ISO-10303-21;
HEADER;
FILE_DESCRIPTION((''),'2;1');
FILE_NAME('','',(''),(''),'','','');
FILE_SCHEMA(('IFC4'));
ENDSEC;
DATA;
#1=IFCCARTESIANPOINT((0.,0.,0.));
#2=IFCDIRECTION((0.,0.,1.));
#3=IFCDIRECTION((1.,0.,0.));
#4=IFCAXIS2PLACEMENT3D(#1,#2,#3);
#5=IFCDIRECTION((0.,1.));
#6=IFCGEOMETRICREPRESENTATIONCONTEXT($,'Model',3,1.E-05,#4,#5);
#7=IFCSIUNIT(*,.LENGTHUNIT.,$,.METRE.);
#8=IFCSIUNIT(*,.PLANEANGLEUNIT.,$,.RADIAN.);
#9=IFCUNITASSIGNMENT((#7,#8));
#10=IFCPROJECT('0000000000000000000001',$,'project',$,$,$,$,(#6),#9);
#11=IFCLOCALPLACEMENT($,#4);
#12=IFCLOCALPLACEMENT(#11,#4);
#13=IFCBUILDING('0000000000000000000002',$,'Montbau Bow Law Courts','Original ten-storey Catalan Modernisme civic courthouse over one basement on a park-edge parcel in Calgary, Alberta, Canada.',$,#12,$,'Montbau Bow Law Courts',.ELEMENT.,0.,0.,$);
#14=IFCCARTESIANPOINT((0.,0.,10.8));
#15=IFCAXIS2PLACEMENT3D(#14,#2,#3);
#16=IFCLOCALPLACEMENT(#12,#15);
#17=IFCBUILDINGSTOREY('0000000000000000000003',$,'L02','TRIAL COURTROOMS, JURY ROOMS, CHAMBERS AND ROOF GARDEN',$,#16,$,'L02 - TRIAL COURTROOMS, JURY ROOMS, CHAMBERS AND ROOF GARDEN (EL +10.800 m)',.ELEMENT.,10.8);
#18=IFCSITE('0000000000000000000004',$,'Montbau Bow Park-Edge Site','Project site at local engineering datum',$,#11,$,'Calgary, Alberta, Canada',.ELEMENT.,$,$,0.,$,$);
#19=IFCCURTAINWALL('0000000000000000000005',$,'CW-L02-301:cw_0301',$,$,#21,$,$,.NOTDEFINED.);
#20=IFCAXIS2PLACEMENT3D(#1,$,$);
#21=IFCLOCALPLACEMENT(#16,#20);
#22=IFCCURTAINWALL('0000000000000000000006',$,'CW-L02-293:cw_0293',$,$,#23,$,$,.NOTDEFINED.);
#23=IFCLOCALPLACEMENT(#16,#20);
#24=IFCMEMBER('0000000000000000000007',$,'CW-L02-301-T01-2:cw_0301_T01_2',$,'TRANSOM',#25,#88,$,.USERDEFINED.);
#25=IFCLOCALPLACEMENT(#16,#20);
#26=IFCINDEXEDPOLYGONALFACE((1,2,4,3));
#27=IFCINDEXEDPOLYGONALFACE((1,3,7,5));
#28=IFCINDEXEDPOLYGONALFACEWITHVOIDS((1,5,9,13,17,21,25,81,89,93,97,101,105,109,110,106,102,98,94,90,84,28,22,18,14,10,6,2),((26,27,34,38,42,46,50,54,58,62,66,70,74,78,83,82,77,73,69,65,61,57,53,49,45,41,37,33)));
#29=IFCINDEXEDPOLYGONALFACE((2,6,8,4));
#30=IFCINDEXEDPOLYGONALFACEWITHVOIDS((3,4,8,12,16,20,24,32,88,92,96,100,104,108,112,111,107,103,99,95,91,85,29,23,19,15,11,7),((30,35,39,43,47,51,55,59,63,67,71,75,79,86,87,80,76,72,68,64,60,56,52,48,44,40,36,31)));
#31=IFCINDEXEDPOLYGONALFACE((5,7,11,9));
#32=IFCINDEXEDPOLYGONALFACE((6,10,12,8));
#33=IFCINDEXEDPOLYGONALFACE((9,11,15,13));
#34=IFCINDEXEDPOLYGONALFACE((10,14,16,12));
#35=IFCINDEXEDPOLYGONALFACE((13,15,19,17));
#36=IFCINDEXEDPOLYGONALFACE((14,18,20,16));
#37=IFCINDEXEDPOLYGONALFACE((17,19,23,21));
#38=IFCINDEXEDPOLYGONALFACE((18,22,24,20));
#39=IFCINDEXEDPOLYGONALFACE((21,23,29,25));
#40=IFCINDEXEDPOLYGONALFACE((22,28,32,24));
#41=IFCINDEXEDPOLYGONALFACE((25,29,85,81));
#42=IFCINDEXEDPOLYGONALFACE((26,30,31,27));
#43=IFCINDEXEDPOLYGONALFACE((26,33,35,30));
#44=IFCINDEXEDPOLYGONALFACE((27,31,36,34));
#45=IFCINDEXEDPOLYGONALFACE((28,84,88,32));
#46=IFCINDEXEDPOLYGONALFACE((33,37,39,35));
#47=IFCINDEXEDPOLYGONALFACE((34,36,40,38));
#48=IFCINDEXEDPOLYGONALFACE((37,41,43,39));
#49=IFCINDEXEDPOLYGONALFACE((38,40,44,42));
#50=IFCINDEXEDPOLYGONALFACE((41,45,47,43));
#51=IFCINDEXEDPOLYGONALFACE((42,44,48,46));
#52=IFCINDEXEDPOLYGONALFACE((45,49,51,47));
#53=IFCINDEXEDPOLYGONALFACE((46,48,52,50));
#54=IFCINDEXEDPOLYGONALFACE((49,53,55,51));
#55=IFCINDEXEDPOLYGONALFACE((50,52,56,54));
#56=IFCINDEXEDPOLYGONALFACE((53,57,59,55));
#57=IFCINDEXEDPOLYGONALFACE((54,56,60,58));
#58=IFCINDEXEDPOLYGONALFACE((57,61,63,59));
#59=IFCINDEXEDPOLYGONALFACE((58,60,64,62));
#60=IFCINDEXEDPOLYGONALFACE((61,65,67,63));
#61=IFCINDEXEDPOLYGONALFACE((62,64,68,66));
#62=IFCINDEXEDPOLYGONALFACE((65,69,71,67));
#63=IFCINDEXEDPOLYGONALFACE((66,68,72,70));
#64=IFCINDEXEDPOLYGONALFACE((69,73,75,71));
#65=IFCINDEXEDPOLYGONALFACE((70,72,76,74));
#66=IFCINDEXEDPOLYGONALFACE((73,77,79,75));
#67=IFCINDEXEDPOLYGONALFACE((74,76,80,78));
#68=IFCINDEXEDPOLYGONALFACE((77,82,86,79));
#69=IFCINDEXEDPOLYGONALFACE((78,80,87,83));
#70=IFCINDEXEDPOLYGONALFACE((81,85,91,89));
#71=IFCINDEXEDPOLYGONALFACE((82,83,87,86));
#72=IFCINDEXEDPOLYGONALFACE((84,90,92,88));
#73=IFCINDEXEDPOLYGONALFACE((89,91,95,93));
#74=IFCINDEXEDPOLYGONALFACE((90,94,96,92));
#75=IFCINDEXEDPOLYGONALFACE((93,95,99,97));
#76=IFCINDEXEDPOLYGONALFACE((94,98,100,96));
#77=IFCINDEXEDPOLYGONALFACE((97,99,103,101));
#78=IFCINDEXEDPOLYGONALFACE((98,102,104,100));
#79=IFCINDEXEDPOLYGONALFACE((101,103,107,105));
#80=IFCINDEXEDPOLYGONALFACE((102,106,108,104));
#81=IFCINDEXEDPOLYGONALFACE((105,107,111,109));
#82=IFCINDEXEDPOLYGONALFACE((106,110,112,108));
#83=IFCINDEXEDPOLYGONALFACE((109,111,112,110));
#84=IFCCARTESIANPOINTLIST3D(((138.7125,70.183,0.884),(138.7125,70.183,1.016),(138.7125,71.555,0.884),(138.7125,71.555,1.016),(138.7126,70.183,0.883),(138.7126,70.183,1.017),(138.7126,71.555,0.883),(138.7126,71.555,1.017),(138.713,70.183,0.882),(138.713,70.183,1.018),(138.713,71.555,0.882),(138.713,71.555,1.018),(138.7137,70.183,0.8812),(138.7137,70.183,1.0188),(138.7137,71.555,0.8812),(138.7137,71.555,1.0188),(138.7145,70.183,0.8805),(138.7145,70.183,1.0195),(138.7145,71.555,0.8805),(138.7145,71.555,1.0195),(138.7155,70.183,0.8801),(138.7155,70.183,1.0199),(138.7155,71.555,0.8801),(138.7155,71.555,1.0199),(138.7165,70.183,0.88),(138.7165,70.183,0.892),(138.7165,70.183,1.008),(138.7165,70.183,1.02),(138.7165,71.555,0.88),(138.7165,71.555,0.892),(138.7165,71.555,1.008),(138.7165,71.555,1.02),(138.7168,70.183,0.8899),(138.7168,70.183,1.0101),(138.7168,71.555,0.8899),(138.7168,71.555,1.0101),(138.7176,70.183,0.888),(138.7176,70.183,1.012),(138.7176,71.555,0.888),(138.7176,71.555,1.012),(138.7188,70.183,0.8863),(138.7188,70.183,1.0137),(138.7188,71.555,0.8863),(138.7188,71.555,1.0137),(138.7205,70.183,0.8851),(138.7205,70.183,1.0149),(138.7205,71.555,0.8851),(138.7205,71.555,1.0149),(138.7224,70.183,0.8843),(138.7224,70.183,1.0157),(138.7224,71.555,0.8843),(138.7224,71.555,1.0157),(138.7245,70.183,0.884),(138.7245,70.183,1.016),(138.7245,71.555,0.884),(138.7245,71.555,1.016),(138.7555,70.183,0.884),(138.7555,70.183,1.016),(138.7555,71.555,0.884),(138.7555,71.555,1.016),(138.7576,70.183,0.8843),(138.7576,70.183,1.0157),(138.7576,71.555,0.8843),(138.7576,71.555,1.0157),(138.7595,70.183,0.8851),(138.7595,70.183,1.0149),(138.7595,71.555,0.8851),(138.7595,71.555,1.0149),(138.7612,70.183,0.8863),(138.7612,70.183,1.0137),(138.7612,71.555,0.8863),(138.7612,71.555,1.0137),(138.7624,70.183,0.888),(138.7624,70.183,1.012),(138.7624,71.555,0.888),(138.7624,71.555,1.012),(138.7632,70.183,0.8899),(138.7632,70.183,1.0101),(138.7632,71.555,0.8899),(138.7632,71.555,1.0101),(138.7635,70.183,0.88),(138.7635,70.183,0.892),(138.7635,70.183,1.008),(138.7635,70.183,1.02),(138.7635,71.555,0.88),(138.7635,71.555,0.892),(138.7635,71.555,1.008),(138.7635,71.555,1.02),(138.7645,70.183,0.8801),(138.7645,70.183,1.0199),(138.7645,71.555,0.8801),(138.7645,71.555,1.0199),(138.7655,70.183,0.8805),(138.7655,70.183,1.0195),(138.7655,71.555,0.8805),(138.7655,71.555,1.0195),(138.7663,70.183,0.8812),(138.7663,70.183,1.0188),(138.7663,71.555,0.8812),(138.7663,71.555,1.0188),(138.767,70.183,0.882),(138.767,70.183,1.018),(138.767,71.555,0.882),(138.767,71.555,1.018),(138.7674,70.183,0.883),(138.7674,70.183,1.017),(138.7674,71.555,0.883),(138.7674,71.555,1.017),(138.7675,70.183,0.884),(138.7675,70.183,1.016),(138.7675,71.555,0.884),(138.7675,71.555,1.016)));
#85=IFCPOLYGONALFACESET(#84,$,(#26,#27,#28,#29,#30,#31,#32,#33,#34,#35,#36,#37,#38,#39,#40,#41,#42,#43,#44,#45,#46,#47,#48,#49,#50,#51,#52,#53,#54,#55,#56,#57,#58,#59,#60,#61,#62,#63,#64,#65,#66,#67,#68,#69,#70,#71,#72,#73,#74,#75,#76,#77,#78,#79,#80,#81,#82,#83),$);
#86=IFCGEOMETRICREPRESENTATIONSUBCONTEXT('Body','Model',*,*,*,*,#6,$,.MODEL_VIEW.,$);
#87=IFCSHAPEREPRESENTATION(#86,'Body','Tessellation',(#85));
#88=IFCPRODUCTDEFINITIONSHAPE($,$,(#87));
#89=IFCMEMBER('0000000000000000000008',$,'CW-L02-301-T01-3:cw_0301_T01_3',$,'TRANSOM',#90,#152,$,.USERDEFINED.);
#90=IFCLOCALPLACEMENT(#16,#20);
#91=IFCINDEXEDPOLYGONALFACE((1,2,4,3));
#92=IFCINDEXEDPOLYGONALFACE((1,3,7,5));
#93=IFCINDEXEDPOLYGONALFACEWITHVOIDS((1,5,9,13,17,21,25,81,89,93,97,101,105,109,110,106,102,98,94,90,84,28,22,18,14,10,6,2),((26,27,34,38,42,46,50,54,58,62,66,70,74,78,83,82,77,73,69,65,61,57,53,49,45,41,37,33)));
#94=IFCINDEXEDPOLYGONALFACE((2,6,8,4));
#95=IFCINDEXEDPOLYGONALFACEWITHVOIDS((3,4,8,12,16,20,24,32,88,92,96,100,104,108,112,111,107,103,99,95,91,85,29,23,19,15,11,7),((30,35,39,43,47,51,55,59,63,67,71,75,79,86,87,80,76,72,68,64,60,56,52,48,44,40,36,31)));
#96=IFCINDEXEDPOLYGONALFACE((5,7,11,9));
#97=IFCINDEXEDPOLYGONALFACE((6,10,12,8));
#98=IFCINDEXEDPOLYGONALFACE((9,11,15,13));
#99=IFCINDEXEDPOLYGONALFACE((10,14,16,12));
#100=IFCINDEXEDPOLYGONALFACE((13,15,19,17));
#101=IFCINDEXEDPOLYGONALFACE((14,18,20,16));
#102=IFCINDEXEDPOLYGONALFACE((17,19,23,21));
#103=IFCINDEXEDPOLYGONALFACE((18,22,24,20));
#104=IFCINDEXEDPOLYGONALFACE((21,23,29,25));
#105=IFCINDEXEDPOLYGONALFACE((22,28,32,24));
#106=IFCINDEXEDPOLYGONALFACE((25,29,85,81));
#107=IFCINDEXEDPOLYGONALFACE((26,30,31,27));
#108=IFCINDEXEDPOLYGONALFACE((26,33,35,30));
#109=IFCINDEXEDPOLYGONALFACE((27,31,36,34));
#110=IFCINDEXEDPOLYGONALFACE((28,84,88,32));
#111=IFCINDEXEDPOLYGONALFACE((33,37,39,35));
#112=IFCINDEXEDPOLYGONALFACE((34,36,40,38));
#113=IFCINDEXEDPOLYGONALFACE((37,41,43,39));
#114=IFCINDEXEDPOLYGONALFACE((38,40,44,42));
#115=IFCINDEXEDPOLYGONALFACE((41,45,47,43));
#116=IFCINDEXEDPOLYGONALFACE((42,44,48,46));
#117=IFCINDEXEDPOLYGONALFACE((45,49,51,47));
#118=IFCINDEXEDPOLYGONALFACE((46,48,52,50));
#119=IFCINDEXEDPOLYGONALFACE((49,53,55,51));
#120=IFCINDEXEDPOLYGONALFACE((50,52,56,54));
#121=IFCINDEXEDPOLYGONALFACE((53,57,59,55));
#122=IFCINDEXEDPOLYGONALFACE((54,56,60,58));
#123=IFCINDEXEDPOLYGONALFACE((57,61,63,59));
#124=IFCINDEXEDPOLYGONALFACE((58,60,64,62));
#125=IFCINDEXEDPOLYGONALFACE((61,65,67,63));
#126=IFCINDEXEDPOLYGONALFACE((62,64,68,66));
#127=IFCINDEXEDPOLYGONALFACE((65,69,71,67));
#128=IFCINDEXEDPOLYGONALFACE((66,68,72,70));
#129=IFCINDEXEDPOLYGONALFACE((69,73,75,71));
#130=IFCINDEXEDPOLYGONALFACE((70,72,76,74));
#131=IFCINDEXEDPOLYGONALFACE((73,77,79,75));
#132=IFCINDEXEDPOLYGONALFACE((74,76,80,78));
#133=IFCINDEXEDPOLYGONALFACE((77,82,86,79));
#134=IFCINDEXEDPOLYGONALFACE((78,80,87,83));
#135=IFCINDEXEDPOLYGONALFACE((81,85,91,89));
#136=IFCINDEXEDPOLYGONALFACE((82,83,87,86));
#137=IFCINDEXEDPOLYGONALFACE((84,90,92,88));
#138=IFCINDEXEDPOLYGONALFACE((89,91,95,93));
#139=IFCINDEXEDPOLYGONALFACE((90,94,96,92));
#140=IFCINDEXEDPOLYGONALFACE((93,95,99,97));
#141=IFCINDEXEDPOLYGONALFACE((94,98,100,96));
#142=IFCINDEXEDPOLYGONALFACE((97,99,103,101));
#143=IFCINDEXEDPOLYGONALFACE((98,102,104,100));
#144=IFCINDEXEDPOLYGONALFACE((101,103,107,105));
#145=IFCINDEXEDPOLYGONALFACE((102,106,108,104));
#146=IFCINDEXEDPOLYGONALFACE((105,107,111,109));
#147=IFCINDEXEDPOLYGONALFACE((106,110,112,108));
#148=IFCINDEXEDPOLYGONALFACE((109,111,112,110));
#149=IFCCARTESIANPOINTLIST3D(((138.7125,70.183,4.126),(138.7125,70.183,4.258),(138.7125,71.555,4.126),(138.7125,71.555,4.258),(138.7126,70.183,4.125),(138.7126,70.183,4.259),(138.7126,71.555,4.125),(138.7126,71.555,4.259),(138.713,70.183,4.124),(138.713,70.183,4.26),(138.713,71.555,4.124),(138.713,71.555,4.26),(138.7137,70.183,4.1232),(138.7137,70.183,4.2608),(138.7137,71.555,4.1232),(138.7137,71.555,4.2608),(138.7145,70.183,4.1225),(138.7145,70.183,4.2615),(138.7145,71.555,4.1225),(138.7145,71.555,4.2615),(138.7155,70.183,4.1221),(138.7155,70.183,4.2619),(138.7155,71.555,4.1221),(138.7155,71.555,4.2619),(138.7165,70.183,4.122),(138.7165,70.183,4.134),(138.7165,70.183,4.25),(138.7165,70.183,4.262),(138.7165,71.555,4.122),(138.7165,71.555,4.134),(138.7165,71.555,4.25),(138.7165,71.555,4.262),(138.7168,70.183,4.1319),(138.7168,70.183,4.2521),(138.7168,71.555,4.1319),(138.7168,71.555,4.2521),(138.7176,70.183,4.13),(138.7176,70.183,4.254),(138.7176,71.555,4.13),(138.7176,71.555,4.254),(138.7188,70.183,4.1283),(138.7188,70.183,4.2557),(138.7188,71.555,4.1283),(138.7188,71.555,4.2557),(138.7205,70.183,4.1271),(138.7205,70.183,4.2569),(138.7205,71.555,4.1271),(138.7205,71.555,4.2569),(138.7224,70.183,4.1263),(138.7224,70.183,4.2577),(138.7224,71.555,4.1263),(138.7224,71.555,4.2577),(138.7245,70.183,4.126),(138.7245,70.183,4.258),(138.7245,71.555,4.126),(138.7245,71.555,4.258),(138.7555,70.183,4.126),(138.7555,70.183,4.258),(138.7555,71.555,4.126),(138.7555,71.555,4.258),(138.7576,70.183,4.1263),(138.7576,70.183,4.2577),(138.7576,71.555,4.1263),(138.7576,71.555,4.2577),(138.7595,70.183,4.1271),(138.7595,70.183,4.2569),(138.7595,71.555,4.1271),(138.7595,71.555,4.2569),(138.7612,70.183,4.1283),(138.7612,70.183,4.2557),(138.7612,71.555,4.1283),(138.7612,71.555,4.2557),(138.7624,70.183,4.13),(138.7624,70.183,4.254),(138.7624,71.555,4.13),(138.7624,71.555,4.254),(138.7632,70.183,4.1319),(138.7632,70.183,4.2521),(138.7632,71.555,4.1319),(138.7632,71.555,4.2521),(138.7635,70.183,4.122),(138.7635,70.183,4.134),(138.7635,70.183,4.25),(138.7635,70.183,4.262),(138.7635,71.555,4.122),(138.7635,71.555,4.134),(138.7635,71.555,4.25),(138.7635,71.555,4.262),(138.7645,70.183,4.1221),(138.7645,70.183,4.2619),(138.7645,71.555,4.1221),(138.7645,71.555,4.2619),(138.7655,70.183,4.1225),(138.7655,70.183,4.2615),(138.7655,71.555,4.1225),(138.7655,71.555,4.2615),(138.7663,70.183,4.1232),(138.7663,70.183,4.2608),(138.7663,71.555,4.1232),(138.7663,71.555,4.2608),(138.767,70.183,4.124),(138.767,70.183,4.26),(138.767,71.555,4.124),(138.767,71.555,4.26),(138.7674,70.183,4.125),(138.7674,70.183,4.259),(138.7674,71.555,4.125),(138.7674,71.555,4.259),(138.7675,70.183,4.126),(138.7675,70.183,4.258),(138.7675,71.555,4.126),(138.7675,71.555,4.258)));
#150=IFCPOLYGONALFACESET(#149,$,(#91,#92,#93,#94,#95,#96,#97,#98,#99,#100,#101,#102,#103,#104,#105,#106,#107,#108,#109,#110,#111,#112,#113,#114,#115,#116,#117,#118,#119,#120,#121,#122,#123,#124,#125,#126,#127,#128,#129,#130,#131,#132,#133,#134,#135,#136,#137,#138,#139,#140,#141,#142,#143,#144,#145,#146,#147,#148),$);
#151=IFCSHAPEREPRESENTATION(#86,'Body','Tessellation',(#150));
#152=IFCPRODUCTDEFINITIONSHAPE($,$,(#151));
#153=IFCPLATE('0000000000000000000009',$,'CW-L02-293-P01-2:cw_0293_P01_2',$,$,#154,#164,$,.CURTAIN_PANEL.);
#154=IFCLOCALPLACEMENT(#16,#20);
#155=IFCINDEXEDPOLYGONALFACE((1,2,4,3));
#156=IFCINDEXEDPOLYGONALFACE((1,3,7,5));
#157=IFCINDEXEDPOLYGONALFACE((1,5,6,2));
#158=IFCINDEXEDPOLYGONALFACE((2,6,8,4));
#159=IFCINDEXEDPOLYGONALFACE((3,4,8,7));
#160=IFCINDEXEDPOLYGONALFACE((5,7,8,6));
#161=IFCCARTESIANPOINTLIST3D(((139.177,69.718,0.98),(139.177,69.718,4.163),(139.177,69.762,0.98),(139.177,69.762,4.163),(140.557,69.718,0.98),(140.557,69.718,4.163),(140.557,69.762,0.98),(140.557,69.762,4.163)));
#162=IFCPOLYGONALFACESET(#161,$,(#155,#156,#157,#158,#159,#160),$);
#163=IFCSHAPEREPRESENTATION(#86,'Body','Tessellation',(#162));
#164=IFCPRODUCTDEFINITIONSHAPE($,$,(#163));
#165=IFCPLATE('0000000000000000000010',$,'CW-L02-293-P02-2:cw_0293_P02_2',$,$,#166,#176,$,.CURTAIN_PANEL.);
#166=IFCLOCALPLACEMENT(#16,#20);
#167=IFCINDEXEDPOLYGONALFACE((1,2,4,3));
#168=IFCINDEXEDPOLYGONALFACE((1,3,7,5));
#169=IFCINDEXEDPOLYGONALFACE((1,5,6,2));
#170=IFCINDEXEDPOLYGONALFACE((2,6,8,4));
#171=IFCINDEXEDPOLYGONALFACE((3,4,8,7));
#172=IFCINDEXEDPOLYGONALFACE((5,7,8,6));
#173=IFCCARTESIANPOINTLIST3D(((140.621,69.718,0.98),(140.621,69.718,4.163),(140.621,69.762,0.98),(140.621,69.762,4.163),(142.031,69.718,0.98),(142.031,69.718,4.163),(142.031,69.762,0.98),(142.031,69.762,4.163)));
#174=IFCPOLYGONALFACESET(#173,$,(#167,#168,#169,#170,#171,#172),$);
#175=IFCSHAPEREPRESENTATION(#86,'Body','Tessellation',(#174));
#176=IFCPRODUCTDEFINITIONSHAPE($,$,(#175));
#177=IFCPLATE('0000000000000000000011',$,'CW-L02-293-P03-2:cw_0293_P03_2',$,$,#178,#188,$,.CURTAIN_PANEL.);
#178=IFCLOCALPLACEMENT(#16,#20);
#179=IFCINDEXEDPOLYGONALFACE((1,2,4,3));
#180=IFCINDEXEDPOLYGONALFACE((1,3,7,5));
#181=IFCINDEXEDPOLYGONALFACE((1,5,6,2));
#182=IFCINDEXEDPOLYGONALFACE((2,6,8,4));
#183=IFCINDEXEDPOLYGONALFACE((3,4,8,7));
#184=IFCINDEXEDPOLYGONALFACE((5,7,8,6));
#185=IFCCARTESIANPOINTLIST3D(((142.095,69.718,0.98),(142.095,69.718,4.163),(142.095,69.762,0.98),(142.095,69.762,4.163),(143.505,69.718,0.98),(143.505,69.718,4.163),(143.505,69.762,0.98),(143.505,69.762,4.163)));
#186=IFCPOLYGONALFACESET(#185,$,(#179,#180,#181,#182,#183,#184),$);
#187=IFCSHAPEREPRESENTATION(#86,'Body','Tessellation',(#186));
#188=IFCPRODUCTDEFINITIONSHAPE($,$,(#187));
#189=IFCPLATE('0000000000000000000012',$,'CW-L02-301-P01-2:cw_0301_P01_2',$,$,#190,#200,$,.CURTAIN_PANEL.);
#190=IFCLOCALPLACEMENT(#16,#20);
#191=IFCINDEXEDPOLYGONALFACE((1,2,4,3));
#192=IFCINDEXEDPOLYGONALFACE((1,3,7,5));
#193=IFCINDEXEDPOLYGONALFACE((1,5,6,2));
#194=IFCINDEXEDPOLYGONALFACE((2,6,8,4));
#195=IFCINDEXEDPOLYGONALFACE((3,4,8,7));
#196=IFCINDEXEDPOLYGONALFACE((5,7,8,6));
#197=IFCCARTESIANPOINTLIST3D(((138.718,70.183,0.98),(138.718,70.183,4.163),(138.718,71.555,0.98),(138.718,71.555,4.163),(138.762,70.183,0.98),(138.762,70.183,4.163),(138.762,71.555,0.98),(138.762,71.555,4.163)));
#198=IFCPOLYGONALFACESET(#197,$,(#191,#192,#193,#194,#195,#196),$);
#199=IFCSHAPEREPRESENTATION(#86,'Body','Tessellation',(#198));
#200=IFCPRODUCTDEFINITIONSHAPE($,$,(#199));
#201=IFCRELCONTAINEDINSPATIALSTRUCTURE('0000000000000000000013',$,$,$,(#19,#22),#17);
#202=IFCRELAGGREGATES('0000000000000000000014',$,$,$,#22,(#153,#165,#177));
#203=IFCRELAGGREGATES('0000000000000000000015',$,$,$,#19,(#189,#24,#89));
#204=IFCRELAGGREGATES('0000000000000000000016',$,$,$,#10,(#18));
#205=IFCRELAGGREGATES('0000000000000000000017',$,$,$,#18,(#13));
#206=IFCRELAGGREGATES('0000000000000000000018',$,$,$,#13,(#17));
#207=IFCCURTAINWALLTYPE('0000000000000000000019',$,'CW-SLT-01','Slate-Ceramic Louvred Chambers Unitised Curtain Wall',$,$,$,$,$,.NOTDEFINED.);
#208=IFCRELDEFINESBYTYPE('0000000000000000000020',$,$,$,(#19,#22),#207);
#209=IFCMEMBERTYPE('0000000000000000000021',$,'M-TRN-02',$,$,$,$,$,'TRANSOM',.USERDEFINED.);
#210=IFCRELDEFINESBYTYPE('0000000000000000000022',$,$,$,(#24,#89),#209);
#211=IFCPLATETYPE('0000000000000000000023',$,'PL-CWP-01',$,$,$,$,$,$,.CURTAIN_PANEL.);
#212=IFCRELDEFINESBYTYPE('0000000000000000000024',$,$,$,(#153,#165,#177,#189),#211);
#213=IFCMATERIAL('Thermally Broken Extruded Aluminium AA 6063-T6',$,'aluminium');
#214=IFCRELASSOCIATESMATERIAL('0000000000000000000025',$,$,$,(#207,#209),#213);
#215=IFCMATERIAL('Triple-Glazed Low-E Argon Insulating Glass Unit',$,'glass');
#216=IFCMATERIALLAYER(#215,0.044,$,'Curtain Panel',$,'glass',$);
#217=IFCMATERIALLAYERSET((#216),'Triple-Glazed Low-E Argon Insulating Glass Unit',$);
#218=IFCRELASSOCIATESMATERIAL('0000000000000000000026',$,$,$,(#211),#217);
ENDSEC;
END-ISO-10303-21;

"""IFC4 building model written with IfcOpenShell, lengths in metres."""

from ifc_helpers import new_model, si_unit, direction, frame, frame_2d, origin_with_axes, origin_2d_with_axis, place, context, subcontext, project, spatial, rectangle, hollow_rectangle, extrude, material, layer, layer_set, material_profile, profile_set, type_object, element, aggregate, save


model = new_model("IFC4")

# Units and contexts
model_context = context("Model", 3, precision=1e-05, world=origin_with_axes(), true_north=direction((0.0, 1.0)))
body_context = subcontext(model_context, "Body", "Model", "MODEL_VIEW")
ifc_project = project(units=[si_unit("LENGTHUNIT", "METRE"), si_unit("PLANEANGLEUNIT", "RADIAN")], contexts=[model_context])

# Site, building, storey
site_placement = place(None, origin_with_axes())
site = spatial("IfcSite", under=ifc_project, at=site_placement, Name="Montbau Bow Park-Edge Site", Description="Project site at local engineering datum", LongName="Calgary, Alberta, Canada", CompositionType="ELEMENT", RefElevation=0.0)
building_placement = place(site_placement, origin_with_axes())
building = spatial("IfcBuilding", under=site, at=building_placement, Name="Montbau Bow Law Courts", Description="Original ten-storey Catalan Modernisme civic courthouse over one basement on a park-edge parcel in Calgary, Alberta, Canada.", LongName="Montbau Bow Law Courts", CompositionType="ELEMENT", ElevationOfRefHeight=0.0, ElevationOfTerrain=0.0)
storey_placement = place(building_placement, frame((0.0, 0.0, 10.8), z_axis=(0.0, 0.0, 1.0), x_axis=(1.0, 0.0, 0.0)))
storey = spatial("IfcBuildingStorey", under=building, at=storey_placement, Name="L02", Description="TRIAL COURTROOMS, JURY ROOMS, CHAMBERS AND ROOF GARDEN", LongName="L02 - TRIAL COURTROOMS, JURY ROOMS, CHAMBERS AND ROOF GARDEN (EL +10.800 m)", CompositionType="ELEMENT", Elevation=10.8)

# Curtain wall
ifc_material_1 = material(Name="Thermally Broken Extruded Aluminium AA 6063-T6", Category="aluminium")
curtain_wall_type = type_object("IfcCurtainWallType", Name="CW-SLT-01", Description="Slate-Ceramic Louvred Chambers Unitised Curtain Wall", PredefinedType="NOTDEFINED", material=ifc_material_1)
curtain_wall_1_placement = place(None, frame((138.74, 70.115, 10.8), z_axis=(0.0, 0.0, 1.0), x_axis=(1.0, 0.0, 0.0)))
curtain_wall_1 = element("IfcCurtainWall", 1, at=curtain_wall_1_placement, inside=storey, type_object=curtain_wall_type, Name="CW-L02-301:cw_0301", PredefinedType="NOTDEFINED")

# Curtain wall
curtain_wall_2_placement = place(None, frame((139.115, 69.74, 10.8), z_axis=(0.0, 0.0, 1.0), x_axis=(1.0, 0.0, 0.0)))
curtain_wall_2 = element("IfcCurtainWall", 2, at=curtain_wall_2_placement, inside=storey, type_object=curtain_wall_type, Name="CW-L02-293:cw_0293", PredefinedType="NOTDEFINED")
ifc_material_profile_1 = material_profile(ifc_material_1, hollow_rectangle(XDim=0.055, YDim=0.14, WallThickness=0.004, InnerFilletRadius=0.008, OuterFilletRadius=0.004, at=origin_2d_with_axis()), Name="CWT-140X55", Category="Main", Priority=0)
ifc_profile_set_1 = profile_set([ifc_material_profile_1], Name="Thermally Broken Extruded Aluminium AA 6063-T6")
member_type_1 = type_object("IfcMemberType", Name="M-TRN-02", ElementType="TRANSOM", PredefinedType="USERDEFINED", material=ifc_profile_set_1)

# Members
member_1_placement = place(None, frame((138.74, 70.183, 11.75), z_axis=(0.0, 1.0, 0.0), x_axis=(-1.0, 0.0, 0.0)))
member_1 = element("IfcMember", 3, at=member_1_placement, type_object=member_type_1, Name="CW-L02-301-T01-2:cw_0301_T01_2", ObjectType="TRANSOM", PredefinedType="USERDEFINED", context=body_context, shape_type="SweptSolid", body=[
    extrude(hollow_rectangle(XDim=0.055, YDim=0.14, WallThickness=0.004, InnerFilletRadius=0.008, OuterFilletRadius=0.004, at=origin_2d_with_axis()), origin_with_axes(), (0.0, 0.0, 1.0), 1.372),
])
member_2_placement = place(None, frame((138.74, 70.183, 14.992), z_axis=(0.0, 1.0, 0.0), x_axis=(-1.0, 0.0, 0.0)))
member_2 = element("IfcMember", 4, at=member_2_placement, type_object=member_type_1, Name="CW-L02-301-T01-3:cw_0301_T01_3", ObjectType="TRANSOM", PredefinedType="USERDEFINED", context=body_context, shape_type="SweptSolid", body=[
    extrude(hollow_rectangle(XDim=0.055, YDim=0.14, WallThickness=0.004, InnerFilletRadius=0.008, OuterFilletRadius=0.004, at=origin_2d_with_axis()), origin_with_axes(), (0.0, 0.0, 1.0), 1.372),
])

# Plates
ifc_material_2 = material(Name="Triple-Glazed Low-E Argon Insulating Glass Unit", Category="glass")
ifc_layer_1 = layer(ifc_material_2, 0.044, Name="Curtain Panel", Category="glass")
ifc_layer_set_1 = layer_set([ifc_layer_1], Name="Triple-Glazed Low-E Argon Insulating Glass Unit")
plate_type_1 = type_object("IfcPlateType", Name="PL-CWP-01", PredefinedType="CURTAIN_PANEL", material=ifc_layer_set_1)
plate_1_placement = place(None, frame((139.177, 69.74, 11.78), z_axis=(0.0, -1.0, 0.0), x_axis=(1.0, 0.0, 0.0)))
plate_1 = element("IfcPlate", 5, at=plate_1_placement, type_object=plate_type_1, Name="CW-L02-293-P01-2:cw_0293_P01_2", PredefinedType="CURTAIN_PANEL", context=body_context, shape_type="SweptSolid", body=[
    extrude(rectangle(XDim=1.38, YDim=3.183, at=frame_2d((0.69, 1.5915), x_axis=(1.0, 0.0))), frame((0.0, 0.0, -0.022), z_axis=(0.0, 0.0, 1.0), x_axis=(1.0, 0.0, 0.0)), (0.0, 0.0, 1.0), 0.044),
])
plate_2_placement = place(None, frame((140.621, 69.74, 11.78), z_axis=(0.0, -1.0, 0.0), x_axis=(1.0, 0.0, 0.0)))
plate_2 = element("IfcPlate", 6, at=plate_2_placement, type_object=plate_type_1, Name="CW-L02-293-P02-2:cw_0293_P02_2", PredefinedType="CURTAIN_PANEL", context=body_context, shape_type="SweptSolid", body=[
    extrude(rectangle(XDim=1.41, YDim=3.183, at=frame_2d((0.705, 1.5915), x_axis=(1.0, 0.0))), frame((0.0, 0.0, -0.022), z_axis=(0.0, 0.0, 1.0), x_axis=(1.0, 0.0, 0.0)), (0.0, 0.0, 1.0), 0.044),
])
plate_3_placement = place(None, frame((142.095, 69.74, 11.78), z_axis=(0.0, -1.0, 0.0), x_axis=(1.0, 0.0, 0.0)))
plate_3 = element("IfcPlate", 7, at=plate_3_placement, type_object=plate_type_1, Name="CW-L02-293-P03-2:cw_0293_P03_2", PredefinedType="CURTAIN_PANEL", context=body_context, shape_type="SweptSolid", body=[
    extrude(rectangle(XDim=1.41, YDim=3.183, at=frame_2d((0.705, 1.5915), x_axis=(1.0, 0.0))), frame((0.0, 0.0, -0.022), z_axis=(0.0, 0.0, 1.0), x_axis=(1.0, 0.0, 0.0)), (0.0, 0.0, 1.0), 0.044),
])
plate_4_placement = place(None, frame((138.74, 70.183, 11.78), z_axis=(1.0, 0.0, 0.0), x_axis=(0.0, 1.0, 0.0)))
plate_4 = element("IfcPlate", 8, at=plate_4_placement, type_object=plate_type_1, Name="CW-L02-301-P01-2:cw_0301_P01_2", PredefinedType="CURTAIN_PANEL", context=body_context, shape_type="SweptSolid", body=[
    extrude(rectangle(XDim=1.372, YDim=3.183, at=frame_2d((0.686, 1.5915), x_axis=(1.0, 0.0))), frame((0.0, 0.0, -0.022), z_axis=(0.0, 0.0, 1.0), x_axis=(1.0, 0.0, 0.0)), (0.0, 0.0, 1.0), 0.044),
])
aggregate(curtain_wall_2, [plate_1, plate_2, plate_3])
aggregate(curtain_wall_1, [plate_4, member_1, member_2])

save(model, "model.ifc")
